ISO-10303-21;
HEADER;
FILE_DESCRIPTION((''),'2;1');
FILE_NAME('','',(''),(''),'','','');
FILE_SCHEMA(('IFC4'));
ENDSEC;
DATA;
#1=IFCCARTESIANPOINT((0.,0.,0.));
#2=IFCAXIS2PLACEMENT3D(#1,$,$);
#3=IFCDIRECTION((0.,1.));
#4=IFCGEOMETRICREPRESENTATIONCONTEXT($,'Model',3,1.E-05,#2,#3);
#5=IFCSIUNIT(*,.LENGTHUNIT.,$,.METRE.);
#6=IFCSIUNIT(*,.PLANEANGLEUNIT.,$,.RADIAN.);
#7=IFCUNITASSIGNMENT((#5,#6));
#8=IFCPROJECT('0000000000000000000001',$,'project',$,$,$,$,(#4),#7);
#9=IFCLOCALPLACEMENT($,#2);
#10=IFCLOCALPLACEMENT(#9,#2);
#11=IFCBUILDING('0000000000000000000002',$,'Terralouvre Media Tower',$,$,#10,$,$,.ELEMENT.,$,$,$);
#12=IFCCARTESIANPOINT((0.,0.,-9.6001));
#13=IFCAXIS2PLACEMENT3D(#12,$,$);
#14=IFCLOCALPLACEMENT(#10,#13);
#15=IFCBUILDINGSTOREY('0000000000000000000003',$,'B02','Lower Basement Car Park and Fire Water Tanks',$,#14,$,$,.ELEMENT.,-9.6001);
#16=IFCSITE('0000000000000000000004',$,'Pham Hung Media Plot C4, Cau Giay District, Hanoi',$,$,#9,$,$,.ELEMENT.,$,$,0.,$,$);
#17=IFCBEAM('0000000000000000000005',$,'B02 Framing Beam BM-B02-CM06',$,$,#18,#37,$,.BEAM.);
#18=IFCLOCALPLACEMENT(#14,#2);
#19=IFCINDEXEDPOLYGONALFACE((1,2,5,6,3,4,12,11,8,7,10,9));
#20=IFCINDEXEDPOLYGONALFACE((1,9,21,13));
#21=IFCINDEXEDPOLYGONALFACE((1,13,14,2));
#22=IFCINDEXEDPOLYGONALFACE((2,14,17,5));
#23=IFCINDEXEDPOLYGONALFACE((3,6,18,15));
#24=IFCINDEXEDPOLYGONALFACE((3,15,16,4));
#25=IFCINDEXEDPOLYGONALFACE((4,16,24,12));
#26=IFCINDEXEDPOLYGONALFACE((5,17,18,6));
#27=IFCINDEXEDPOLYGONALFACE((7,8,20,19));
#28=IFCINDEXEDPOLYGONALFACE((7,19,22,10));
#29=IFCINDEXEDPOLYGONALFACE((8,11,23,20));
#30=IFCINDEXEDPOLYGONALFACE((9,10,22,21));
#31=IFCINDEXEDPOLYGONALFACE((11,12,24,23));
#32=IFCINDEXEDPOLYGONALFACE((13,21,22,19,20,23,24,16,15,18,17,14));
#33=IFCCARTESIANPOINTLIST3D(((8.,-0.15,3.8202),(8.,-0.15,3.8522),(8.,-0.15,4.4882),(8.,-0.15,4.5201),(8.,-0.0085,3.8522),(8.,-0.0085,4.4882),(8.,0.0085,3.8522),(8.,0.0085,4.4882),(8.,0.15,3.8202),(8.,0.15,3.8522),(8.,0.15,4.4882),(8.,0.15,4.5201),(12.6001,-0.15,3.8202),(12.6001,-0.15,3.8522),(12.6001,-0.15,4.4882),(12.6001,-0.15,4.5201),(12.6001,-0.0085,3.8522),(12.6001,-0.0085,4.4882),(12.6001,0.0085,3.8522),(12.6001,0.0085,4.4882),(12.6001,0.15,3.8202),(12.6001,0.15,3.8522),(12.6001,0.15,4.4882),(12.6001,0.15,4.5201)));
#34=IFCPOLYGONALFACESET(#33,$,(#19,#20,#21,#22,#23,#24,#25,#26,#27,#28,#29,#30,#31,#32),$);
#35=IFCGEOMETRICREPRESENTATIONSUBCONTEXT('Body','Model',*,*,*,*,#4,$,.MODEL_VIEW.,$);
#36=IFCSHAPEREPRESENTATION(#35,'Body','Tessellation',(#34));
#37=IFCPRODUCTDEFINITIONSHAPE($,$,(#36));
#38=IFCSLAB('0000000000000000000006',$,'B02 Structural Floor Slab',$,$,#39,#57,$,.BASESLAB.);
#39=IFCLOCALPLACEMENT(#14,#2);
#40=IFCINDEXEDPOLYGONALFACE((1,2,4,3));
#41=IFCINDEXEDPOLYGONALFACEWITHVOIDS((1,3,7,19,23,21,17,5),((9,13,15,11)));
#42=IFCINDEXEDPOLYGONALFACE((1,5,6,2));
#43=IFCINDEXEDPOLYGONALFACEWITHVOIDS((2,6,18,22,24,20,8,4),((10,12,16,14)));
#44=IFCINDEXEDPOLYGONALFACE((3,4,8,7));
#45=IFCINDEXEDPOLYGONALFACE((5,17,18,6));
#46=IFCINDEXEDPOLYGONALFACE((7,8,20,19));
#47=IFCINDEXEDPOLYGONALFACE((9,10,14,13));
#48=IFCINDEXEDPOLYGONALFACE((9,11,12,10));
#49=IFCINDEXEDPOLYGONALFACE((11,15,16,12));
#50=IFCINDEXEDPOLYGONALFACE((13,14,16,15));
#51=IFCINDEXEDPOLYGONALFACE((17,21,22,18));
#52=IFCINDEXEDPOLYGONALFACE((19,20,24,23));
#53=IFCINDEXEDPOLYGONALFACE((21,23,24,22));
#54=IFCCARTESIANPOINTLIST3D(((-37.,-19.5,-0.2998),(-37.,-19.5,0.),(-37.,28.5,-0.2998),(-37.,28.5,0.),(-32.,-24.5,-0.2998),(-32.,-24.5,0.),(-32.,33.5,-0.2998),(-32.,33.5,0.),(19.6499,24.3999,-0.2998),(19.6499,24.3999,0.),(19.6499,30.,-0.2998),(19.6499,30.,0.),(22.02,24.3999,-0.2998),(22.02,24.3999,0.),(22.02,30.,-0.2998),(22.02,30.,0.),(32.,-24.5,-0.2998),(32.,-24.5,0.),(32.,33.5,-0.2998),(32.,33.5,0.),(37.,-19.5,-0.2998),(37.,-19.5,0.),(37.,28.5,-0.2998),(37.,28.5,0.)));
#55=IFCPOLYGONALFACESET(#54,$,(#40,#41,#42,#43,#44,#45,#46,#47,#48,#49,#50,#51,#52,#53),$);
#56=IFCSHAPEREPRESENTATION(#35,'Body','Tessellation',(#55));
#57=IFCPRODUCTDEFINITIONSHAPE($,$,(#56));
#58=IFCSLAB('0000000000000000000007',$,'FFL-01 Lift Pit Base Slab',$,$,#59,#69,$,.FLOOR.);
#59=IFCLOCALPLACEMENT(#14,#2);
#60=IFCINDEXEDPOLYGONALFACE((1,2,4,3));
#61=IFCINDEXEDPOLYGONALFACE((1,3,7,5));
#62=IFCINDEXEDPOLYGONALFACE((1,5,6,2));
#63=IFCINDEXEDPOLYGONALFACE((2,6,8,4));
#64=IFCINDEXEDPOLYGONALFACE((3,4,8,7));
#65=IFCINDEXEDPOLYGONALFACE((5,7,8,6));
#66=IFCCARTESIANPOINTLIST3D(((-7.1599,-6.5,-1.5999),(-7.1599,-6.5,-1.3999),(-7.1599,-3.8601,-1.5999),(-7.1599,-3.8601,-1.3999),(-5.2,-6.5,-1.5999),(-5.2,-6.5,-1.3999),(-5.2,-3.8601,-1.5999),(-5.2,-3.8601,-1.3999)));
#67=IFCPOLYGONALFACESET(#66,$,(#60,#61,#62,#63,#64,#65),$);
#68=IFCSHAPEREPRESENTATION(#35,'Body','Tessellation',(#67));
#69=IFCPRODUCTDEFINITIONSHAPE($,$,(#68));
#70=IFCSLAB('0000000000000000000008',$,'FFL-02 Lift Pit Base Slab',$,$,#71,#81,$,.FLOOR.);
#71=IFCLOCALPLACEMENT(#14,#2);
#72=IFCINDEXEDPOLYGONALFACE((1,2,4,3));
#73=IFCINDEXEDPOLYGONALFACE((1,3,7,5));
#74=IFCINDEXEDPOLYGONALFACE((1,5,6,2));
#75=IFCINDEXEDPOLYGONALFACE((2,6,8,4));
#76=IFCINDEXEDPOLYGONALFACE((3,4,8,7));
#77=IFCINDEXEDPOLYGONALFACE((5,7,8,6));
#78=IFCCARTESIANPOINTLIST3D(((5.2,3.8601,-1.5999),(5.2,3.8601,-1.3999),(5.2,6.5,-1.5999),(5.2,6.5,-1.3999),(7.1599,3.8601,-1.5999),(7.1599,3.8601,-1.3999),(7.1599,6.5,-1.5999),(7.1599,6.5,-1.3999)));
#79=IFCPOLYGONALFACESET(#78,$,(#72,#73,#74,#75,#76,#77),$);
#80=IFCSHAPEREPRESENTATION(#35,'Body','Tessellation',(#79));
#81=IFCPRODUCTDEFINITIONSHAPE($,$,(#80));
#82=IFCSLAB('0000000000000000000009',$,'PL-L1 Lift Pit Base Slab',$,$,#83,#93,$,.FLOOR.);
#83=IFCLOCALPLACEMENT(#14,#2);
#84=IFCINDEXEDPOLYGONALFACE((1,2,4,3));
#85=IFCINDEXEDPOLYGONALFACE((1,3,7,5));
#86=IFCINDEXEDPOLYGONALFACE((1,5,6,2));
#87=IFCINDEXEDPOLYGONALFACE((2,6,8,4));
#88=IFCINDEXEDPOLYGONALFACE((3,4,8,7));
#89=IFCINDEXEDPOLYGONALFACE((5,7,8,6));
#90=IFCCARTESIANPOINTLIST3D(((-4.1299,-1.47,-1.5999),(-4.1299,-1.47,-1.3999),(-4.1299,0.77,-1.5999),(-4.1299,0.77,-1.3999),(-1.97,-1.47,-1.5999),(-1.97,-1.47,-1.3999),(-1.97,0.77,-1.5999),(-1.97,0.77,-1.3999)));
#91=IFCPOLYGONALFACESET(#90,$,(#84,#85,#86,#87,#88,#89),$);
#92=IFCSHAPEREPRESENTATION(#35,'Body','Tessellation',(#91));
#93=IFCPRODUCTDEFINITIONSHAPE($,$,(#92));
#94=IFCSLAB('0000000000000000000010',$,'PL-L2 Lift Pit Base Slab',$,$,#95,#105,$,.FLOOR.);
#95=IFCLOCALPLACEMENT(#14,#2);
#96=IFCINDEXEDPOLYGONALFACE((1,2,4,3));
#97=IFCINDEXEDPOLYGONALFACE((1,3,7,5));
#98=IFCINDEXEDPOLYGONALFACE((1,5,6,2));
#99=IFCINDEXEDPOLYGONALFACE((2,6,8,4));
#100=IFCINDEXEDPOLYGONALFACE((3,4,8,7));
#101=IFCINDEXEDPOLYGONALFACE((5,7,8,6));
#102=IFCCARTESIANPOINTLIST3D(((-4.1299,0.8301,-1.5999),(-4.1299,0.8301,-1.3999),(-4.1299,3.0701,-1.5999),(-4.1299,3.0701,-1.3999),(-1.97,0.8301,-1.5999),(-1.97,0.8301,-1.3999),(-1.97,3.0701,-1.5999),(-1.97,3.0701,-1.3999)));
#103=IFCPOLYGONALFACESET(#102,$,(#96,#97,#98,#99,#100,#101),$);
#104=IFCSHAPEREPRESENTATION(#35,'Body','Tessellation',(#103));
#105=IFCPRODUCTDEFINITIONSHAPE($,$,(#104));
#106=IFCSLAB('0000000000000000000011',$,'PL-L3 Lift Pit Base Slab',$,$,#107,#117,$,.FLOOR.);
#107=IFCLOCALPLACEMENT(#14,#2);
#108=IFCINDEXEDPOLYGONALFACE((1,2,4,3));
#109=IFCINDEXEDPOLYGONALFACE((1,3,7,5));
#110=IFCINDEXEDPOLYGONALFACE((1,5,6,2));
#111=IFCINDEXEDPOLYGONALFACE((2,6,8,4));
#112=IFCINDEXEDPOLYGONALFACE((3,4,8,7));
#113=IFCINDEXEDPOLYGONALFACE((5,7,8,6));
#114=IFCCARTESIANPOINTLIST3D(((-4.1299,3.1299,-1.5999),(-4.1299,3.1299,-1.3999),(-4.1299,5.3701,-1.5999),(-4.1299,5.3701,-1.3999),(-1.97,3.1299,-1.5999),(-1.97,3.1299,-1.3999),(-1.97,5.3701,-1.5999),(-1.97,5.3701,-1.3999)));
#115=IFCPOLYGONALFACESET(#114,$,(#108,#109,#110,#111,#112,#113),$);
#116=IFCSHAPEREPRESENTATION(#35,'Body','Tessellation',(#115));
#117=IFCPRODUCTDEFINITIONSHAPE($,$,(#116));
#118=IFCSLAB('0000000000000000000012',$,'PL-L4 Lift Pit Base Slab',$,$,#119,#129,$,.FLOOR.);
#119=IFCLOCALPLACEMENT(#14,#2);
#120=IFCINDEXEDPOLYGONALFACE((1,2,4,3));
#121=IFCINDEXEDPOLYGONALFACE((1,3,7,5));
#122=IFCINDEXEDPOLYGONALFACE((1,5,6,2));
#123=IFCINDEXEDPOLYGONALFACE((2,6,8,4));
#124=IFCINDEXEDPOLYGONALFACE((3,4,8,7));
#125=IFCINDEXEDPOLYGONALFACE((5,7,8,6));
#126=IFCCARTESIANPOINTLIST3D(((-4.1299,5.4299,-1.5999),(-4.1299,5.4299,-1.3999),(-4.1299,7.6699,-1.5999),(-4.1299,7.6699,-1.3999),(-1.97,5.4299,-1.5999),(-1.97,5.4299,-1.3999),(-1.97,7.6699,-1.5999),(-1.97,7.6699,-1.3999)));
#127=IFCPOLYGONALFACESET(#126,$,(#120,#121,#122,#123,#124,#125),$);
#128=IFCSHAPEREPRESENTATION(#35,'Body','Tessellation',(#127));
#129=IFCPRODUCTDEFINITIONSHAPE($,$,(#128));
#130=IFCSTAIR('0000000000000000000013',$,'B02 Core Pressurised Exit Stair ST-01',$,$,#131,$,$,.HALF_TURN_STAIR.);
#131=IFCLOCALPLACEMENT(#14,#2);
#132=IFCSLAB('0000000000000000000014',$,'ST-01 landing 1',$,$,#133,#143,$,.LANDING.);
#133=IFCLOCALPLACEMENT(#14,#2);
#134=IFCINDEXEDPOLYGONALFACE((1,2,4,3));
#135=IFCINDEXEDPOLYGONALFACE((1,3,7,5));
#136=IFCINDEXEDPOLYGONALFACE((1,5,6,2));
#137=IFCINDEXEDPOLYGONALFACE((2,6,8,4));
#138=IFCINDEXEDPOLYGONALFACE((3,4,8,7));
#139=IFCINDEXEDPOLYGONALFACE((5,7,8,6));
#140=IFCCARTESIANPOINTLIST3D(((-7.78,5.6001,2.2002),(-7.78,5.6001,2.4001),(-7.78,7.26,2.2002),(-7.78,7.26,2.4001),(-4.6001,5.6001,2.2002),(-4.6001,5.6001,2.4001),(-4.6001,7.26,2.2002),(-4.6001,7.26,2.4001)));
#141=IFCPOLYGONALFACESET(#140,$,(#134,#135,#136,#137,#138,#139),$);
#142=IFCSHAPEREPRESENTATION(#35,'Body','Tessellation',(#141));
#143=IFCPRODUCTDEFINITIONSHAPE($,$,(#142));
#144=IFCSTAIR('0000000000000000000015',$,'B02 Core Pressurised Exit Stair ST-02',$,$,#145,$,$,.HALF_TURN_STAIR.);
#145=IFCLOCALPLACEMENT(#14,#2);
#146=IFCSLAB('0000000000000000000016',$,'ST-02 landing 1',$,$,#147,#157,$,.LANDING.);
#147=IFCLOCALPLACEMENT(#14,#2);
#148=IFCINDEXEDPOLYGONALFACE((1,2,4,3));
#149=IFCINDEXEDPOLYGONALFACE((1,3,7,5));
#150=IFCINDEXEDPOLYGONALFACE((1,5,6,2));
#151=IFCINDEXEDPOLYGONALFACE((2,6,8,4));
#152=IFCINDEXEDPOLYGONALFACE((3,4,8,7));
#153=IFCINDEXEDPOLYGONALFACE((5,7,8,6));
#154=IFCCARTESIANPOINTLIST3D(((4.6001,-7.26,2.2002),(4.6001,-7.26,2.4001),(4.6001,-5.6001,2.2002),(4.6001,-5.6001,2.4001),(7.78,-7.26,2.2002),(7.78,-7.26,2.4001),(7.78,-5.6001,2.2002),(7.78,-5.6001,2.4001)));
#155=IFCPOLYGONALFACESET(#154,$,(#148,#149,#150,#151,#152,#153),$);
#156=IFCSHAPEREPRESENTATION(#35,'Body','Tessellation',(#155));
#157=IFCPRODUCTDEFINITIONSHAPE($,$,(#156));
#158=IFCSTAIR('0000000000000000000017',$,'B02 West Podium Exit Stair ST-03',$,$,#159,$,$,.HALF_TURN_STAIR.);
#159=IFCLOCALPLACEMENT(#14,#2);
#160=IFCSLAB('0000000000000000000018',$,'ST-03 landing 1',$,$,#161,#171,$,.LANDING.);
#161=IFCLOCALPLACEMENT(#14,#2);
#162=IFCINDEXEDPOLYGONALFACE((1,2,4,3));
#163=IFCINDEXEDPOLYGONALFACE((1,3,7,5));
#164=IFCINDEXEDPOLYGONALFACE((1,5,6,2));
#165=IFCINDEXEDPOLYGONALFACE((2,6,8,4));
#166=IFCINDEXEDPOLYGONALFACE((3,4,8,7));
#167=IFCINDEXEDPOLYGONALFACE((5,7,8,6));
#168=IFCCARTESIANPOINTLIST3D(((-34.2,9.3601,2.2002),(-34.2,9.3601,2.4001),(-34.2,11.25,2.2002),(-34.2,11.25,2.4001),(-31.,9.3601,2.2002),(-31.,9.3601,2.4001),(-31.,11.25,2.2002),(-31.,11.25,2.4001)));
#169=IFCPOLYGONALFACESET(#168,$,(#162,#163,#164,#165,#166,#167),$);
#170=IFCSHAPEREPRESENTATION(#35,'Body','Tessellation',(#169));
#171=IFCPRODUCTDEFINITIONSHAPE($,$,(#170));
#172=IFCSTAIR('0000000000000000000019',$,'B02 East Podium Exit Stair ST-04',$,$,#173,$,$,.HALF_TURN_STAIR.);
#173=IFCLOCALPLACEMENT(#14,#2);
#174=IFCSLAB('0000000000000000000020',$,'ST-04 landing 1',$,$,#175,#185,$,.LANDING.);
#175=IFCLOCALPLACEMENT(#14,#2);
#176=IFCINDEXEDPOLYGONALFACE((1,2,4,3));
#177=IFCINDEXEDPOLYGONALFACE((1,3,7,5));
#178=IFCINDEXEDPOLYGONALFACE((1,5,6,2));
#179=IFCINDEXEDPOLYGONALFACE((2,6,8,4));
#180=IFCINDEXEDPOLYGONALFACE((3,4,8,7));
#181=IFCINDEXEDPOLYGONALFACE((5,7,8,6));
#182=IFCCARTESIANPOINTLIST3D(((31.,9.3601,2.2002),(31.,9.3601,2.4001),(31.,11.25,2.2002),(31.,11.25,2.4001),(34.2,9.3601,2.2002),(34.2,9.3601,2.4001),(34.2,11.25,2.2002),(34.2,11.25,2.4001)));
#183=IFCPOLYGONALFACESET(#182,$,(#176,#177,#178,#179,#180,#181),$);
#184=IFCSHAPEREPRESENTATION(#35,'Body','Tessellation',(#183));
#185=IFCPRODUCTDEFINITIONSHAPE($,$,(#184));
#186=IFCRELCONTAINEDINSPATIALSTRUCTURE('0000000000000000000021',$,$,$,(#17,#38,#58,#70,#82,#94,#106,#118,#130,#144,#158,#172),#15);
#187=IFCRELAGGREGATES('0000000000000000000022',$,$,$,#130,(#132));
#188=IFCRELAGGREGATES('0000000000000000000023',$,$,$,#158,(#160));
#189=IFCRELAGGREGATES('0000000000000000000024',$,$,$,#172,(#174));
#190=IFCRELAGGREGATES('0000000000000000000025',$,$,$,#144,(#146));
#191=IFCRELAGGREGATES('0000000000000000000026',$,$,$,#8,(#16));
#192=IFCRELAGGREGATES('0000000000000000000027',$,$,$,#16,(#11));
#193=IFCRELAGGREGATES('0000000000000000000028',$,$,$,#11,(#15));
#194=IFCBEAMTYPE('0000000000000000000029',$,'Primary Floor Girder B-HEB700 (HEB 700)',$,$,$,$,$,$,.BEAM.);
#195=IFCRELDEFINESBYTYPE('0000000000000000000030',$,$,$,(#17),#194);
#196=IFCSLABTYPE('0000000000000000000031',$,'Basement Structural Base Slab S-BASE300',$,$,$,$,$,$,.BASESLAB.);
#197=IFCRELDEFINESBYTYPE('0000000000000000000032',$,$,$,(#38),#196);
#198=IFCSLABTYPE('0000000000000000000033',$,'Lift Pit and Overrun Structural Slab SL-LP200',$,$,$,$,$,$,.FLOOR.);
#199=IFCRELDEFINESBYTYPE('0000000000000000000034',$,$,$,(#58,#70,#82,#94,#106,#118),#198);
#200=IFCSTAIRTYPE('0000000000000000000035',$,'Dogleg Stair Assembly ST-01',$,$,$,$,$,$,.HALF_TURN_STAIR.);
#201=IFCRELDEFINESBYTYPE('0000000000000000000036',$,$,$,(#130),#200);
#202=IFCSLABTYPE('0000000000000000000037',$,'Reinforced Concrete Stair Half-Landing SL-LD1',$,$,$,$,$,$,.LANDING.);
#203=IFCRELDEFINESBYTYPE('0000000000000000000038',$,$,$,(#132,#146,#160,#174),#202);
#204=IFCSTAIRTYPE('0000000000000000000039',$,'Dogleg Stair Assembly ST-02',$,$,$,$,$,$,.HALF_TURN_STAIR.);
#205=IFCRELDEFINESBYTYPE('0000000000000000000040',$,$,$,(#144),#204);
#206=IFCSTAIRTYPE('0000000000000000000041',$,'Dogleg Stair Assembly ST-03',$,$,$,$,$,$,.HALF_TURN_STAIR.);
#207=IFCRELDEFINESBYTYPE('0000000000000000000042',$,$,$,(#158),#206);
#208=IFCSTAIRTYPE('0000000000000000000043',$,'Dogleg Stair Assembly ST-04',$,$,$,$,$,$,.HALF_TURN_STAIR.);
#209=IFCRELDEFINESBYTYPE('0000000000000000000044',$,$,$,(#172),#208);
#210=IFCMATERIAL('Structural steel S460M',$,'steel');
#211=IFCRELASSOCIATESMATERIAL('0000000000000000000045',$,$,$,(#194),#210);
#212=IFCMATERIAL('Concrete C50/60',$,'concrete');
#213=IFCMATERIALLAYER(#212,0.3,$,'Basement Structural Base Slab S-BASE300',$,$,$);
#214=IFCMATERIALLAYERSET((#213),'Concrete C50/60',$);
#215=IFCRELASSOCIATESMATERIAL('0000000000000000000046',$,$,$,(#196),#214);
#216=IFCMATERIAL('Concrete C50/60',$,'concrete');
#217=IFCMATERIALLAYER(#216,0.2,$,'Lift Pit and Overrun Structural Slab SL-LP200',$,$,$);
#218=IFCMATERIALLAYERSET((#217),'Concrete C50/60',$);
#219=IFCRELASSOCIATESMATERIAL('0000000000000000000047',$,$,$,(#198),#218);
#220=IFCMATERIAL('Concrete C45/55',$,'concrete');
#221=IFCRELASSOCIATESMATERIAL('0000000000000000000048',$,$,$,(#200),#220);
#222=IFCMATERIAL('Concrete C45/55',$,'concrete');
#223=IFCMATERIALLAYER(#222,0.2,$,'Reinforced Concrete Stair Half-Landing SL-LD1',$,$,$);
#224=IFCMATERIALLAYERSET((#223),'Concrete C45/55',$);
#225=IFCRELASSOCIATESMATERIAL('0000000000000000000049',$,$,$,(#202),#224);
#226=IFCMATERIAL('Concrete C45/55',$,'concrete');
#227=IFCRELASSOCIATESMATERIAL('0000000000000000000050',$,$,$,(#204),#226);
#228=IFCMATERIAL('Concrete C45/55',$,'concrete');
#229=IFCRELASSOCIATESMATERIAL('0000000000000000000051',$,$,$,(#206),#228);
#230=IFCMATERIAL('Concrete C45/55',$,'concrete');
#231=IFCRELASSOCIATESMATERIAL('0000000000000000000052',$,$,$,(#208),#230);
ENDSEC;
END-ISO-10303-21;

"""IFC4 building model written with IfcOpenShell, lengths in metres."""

from ifc_helpers import new_model, si_unit, direction, frame, origin, origin_2d, place, context, subcontext, project, spatial, polyline, i_section, outline, extrude, material, layer, layer_set, material_profile, profile_set, type_object, element, aggregate, save


model = new_model("IFC4")

# Units and contexts
model_context = context("Model", 3, precision=1e-05, world=origin(), true_north=direction((0.0, 1.0)))
body_context = subcontext(model_context, "Body", "Model", "MODEL_VIEW")
ifc_project = project(units=[si_unit("LENGTHUNIT", "METRE"), si_unit("PLANEANGLEUNIT", "RADIAN")], contexts=[model_context])

# Site, building, storey
site_placement = place(None, origin())
site = spatial("IfcSite", under=ifc_project, at=site_placement, Name="Pham Hung Media Plot C4, Cau Giay District, Hanoi", CompositionType="ELEMENT", RefElevation=0.0)
building_placement = place(site_placement, origin())
building = spatial("IfcBuilding", under=site, at=building_placement, Name="Terralouvre Media Tower", CompositionType="ELEMENT")
storey_placement = place(building_placement, frame((0.0, 0.0, -9.6001)))
storey = spatial("IfcBuildingStorey", under=building, at=storey_placement, Name="B02", Description="Lower Basement Car Park and Fire Water Tanks", CompositionType="ELEMENT", Elevation=-9.6001)

# Beam
ifc_material_1 = material(Name="Structural steel S460M", Category="steel")
ifc_material_profile_1 = material_profile(ifc_material_1, i_section(OverallWidth=0.3, OverallDepth=0.7, WebThickness=0.0171, FlangeThickness=0.032, at=origin_2d()), Name="HEB 700")
ifc_profile_set_1 = profile_set([ifc_material_profile_1], Name="Structural steel S460M")
beam_type_1 = type_object("IfcBeamType", Name="Primary Floor Girder B-HEB700 (HEB 700)", PredefinedType="BEAM", material=ifc_profile_set_1)
beam_1_placement = place(storey_placement, frame((8.0, 0.0, 4.1702), z_axis=(1.0, 0.0, 0.0), x_axis=(0.0, 1.0, 0.0)))
element("IfcBeam", 1, at=beam_1_placement, inside=storey, type_object=beam_type_1, Name="B02 Framing Beam BM-B02-CM06", PredefinedType="BEAM", context=body_context, shape_type="SweptSolid", body=[
    extrude(i_section(OverallWidth=0.3, OverallDepth=0.7, WebThickness=0.0171, FlangeThickness=0.032, at=origin_2d()), origin(), (0.0, 0.0, 1.0), 4.6001),
])

# Slabs
ifc_material_2 = material(Name="Concrete C50/60", Category="concrete")
ifc_layer_1 = layer(ifc_material_2, 0.3, Name="Basement Structural Base Slab S-BASE300")
ifc_layer_set_1 = layer_set([ifc_layer_1], Name="Concrete C50/60")
slab_type_1 = type_object("IfcSlabType", Name="Basement Structural Base Slab S-BASE300", PredefinedType="BASESLAB", material=ifc_layer_set_1)
slab_1_placement = place(storey_placement, frame((0.0, 0.0, -0.2998)))
element("IfcSlab", 2, at=slab_1_placement, inside=storey, type_object=slab_type_1, Name="B02 Structural Floor Slab", PredefinedType="BASESLAB", context=body_context, shape_type="SweptSolid", body=[
    extrude(outline(polyline([(-32.0, -24.5), (32.0, -24.5), (37.0, -19.5), (37.0, 28.5), (32.0, 33.5), (-32.0, 33.5), (-37.0, 28.5), (-37.0, -19.5), (-32.0, -24.5)]), holes=[polyline([(22.02, 24.3999), (19.6499, 24.3999), (19.6499, 30.0), (22.02, 30.0), (22.02, 24.3999)])]), origin(), (0.0, 0.0, 1.0), 0.2998),
])
ifc_material_3 = material(Name="Concrete C50/60", Category="concrete")
ifc_layer_2 = layer(ifc_material_3, 0.2, Name="Lift Pit and Overrun Structural Slab SL-LP200")
ifc_layer_set_2 = layer_set([ifc_layer_2], Name="Concrete C50/60")
slab_type_2 = type_object("IfcSlabType", Name="Lift Pit and Overrun Structural Slab SL-LP200", PredefinedType="FLOOR", material=ifc_layer_set_2)
slab_2_placement = place(storey_placement, frame((0.0, 0.0, -1.5999)))
element("IfcSlab", 3, at=slab_2_placement, inside=storey, type_object=slab_type_2, Name="FFL-01 Lift Pit Base Slab", PredefinedType="FLOOR", context=body_context, shape_type="SweptSolid", body=[
    extrude(outline(polyline([(-7.1599, -6.5), (-5.2, -6.5), (-5.2, -3.8601), (-7.1599, -3.8601), (-7.1599, -6.5)])), origin(), (0.0, 0.0, 1.0), 0.2),
])
slab_3_placement = place(storey_placement, frame((0.0, 0.0, -1.5999)))
element("IfcSlab", 4, at=slab_3_placement, inside=storey, type_object=slab_type_2, Name="FFL-02 Lift Pit Base Slab", PredefinedType="FLOOR", context=body_context, shape_type="SweptSolid", body=[
    extrude(outline(polyline([(5.2, 3.8601), (7.1599, 3.8601), (7.1599, 6.5), (5.2, 6.5), (5.2, 3.8601)])), origin(), (0.0, 0.0, 1.0), 0.2),
])
slab_4_placement = place(storey_placement, frame((0.0, 0.0, -1.5999)))
element("IfcSlab", 5, at=slab_4_placement, inside=storey, type_object=slab_type_2, Name="PL-L1 Lift Pit Base Slab", PredefinedType="FLOOR", context=body_context, shape_type="SweptSolid", body=[
    extrude(outline(polyline([(-4.1299, -1.47), (-1.97, -1.47), (-1.97, 0.77), (-4.1299, 0.77), (-4.1299, -1.47)])), origin(), (0.0, 0.0, 1.0), 0.2),
])
slab_5_placement = place(storey_placement, frame((0.0, 0.0, -1.5999)))
element("IfcSlab", 6, at=slab_5_placement, inside=storey, type_object=slab_type_2, Name="PL-L2 Lift Pit Base Slab", PredefinedType="FLOOR", context=body_context, shape_type="SweptSolid", body=[
    extrude(outline(polyline([(-4.1299, 0.8301), (-1.97, 0.8301), (-1.97, 3.0701), (-4.1299, 3.0701), (-4.1299, 0.8301)])), origin(), (0.0, 0.0, 1.0), 0.2),
])
slab_6_placement = place(storey_placement, frame((0.0, 0.0, -1.5999)))
element("IfcSlab", 7, at=slab_6_placement, inside=storey, type_object=slab_type_2, Name="PL-L3 Lift Pit Base Slab", PredefinedType="FLOOR", context=body_context, shape_type="SweptSolid", body=[
    extrude(outline(polyline([(-4.1299, 3.1299), (-1.97, 3.1299), (-1.97, 5.3701), (-4.1299, 5.3701), (-4.1299, 3.1299)])), origin(), (0.0, 0.0, 1.0), 0.2),
])
slab_7_placement = place(storey_placement, frame((0.0, 0.0, -1.5999)))
element("IfcSlab", 8, at=slab_7_placement, inside=storey, type_object=slab_type_2, Name="PL-L4 Lift Pit Base Slab", PredefinedType="FLOOR", context=body_context, shape_type="SweptSolid", body=[
    extrude(outline(polyline([(-4.1299, 5.4299), (-1.97, 5.4299), (-1.97, 7.6699), (-4.1299, 7.6699), (-4.1299, 5.4299)])), origin(), (0.0, 0.0, 1.0), 0.2),
])

# Stairs, slabs
ifc_material_4 = material(Name="Concrete C45/55", Category="concrete")
stair_type_1 = type_object("IfcStairType", Name="Dogleg Stair Assembly ST-01", PredefinedType="HALF_TURN_STAIR", material=ifc_material_4)
stair_1_placement = place(storey_placement, origin())
stair_1 = element("IfcStair", 9, at=stair_1_placement, inside=storey, type_object=stair_type_1, Name="B02 Core Pressurised Exit Stair ST-01", PredefinedType="HALF_TURN_STAIR")
ifc_material_5 = material(Name="Concrete C45/55", Category="concrete")
ifc_layer_3 = layer(ifc_material_5, 0.2, Name="Reinforced Concrete Stair Half-Landing SL-LD1")
ifc_layer_set_3 = layer_set([ifc_layer_3], Name="Concrete C45/55")
slab_type_3 = type_object("IfcSlabType", Name="Reinforced Concrete Stair Half-Landing SL-LD1", PredefinedType="LANDING", material=ifc_layer_set_3)
slab_8_placement = place(storey_placement, frame((0.0, 0.0, 2.2002)))
slab_8 = element("IfcSlab", 10, at=slab_8_placement, type_object=slab_type_3, Name="ST-01 landing 1", PredefinedType="LANDING", context=body_context, shape_type="SweptSolid", body=[
    extrude(outline(polyline([(-4.6001, 5.6001), (-4.6001, 7.26), (-7.78, 7.26), (-7.78, 5.6001), (-4.6001, 5.6001)])), origin(), (0.0, 0.0, 1.0), 0.2),
])
aggregate(stair_1, [slab_8])
ifc_material_6 = material(Name="Concrete C45/55", Category="concrete")
stair_type_2 = type_object("IfcStairType", Name="Dogleg Stair Assembly ST-02", PredefinedType="HALF_TURN_STAIR", material=ifc_material_6)
stair_2_placement = place(storey_placement, origin())
stair_2 = element("IfcStair", 11, at=stair_2_placement, inside=storey, type_object=stair_type_2, Name="B02 Core Pressurised Exit Stair ST-02", PredefinedType="HALF_TURN_STAIR")
slab_9_placement = place(storey_placement, frame((0.0, 0.0, 2.2002)))
slab_9 = element("IfcSlab", 12, at=slab_9_placement, type_object=slab_type_3, Name="ST-02 landing 1", PredefinedType="LANDING", context=body_context, shape_type="SweptSolid", body=[
    extrude(outline(polyline([(4.6001, -5.6001), (4.6001, -7.26), (7.78, -7.26), (7.78, -5.6001), (4.6001, -5.6001)])), origin(), (0.0, 0.0, 1.0), 0.2),
])
ifc_material_7 = material(Name="Concrete C45/55", Category="concrete")
stair_type_3 = type_object("IfcStairType", Name="Dogleg Stair Assembly ST-03", PredefinedType="HALF_TURN_STAIR", material=ifc_material_7)
stair_3_placement = place(storey_placement, origin())
stair_3 = element("IfcStair", 13, at=stair_3_placement, inside=storey, type_object=stair_type_3, Name="B02 West Podium Exit Stair ST-03", PredefinedType="HALF_TURN_STAIR")
slab_10_placement = place(storey_placement, frame((0.0, 0.0, 2.2002)))
slab_10 = element("IfcSlab", 14, at=slab_10_placement, type_object=slab_type_3, Name="ST-03 landing 1", PredefinedType="LANDING", context=body_context, shape_type="SweptSolid", body=[
    extrude(outline(polyline([(-31.0, 9.3601), (-31.0, 11.25), (-34.2, 11.25), (-34.2, 9.3601), (-31.0, 9.3601)])), origin(), (0.0, 0.0, 1.0), 0.2),
])
aggregate(stair_3, [slab_10])
ifc_material_8 = material(Name="Concrete C45/55", Category="concrete")
stair_type_4 = type_object("IfcStairType", Name="Dogleg Stair Assembly ST-04", PredefinedType="HALF_TURN_STAIR", material=ifc_material_8)
stair_4_placement = place(storey_placement, origin())
stair_4 = element("IfcStair", 15, at=stair_4_placement, inside=storey, type_object=stair_type_4, Name="B02 East Podium Exit Stair ST-04", PredefinedType="HALF_TURN_STAIR")
slab_11_placement = place(storey_placement, frame((0.0, 0.0, 2.2002)))
slab_11 = element("IfcSlab", 16, at=slab_11_placement, type_object=slab_type_3, Name="ST-04 landing 1", PredefinedType="LANDING", context=body_context, shape_type="SweptSolid", body=[
    extrude(outline(polyline([(34.2, 9.3601), (34.2, 11.25), (31.0, 11.25), (31.0, 9.3601), (34.2, 9.3601)])), origin(), (0.0, 0.0, 1.0), 0.2),
])
aggregate(stair_4, [slab_11])

aggregate(stair_2, [slab_9])

save(model, "model.ifc")
